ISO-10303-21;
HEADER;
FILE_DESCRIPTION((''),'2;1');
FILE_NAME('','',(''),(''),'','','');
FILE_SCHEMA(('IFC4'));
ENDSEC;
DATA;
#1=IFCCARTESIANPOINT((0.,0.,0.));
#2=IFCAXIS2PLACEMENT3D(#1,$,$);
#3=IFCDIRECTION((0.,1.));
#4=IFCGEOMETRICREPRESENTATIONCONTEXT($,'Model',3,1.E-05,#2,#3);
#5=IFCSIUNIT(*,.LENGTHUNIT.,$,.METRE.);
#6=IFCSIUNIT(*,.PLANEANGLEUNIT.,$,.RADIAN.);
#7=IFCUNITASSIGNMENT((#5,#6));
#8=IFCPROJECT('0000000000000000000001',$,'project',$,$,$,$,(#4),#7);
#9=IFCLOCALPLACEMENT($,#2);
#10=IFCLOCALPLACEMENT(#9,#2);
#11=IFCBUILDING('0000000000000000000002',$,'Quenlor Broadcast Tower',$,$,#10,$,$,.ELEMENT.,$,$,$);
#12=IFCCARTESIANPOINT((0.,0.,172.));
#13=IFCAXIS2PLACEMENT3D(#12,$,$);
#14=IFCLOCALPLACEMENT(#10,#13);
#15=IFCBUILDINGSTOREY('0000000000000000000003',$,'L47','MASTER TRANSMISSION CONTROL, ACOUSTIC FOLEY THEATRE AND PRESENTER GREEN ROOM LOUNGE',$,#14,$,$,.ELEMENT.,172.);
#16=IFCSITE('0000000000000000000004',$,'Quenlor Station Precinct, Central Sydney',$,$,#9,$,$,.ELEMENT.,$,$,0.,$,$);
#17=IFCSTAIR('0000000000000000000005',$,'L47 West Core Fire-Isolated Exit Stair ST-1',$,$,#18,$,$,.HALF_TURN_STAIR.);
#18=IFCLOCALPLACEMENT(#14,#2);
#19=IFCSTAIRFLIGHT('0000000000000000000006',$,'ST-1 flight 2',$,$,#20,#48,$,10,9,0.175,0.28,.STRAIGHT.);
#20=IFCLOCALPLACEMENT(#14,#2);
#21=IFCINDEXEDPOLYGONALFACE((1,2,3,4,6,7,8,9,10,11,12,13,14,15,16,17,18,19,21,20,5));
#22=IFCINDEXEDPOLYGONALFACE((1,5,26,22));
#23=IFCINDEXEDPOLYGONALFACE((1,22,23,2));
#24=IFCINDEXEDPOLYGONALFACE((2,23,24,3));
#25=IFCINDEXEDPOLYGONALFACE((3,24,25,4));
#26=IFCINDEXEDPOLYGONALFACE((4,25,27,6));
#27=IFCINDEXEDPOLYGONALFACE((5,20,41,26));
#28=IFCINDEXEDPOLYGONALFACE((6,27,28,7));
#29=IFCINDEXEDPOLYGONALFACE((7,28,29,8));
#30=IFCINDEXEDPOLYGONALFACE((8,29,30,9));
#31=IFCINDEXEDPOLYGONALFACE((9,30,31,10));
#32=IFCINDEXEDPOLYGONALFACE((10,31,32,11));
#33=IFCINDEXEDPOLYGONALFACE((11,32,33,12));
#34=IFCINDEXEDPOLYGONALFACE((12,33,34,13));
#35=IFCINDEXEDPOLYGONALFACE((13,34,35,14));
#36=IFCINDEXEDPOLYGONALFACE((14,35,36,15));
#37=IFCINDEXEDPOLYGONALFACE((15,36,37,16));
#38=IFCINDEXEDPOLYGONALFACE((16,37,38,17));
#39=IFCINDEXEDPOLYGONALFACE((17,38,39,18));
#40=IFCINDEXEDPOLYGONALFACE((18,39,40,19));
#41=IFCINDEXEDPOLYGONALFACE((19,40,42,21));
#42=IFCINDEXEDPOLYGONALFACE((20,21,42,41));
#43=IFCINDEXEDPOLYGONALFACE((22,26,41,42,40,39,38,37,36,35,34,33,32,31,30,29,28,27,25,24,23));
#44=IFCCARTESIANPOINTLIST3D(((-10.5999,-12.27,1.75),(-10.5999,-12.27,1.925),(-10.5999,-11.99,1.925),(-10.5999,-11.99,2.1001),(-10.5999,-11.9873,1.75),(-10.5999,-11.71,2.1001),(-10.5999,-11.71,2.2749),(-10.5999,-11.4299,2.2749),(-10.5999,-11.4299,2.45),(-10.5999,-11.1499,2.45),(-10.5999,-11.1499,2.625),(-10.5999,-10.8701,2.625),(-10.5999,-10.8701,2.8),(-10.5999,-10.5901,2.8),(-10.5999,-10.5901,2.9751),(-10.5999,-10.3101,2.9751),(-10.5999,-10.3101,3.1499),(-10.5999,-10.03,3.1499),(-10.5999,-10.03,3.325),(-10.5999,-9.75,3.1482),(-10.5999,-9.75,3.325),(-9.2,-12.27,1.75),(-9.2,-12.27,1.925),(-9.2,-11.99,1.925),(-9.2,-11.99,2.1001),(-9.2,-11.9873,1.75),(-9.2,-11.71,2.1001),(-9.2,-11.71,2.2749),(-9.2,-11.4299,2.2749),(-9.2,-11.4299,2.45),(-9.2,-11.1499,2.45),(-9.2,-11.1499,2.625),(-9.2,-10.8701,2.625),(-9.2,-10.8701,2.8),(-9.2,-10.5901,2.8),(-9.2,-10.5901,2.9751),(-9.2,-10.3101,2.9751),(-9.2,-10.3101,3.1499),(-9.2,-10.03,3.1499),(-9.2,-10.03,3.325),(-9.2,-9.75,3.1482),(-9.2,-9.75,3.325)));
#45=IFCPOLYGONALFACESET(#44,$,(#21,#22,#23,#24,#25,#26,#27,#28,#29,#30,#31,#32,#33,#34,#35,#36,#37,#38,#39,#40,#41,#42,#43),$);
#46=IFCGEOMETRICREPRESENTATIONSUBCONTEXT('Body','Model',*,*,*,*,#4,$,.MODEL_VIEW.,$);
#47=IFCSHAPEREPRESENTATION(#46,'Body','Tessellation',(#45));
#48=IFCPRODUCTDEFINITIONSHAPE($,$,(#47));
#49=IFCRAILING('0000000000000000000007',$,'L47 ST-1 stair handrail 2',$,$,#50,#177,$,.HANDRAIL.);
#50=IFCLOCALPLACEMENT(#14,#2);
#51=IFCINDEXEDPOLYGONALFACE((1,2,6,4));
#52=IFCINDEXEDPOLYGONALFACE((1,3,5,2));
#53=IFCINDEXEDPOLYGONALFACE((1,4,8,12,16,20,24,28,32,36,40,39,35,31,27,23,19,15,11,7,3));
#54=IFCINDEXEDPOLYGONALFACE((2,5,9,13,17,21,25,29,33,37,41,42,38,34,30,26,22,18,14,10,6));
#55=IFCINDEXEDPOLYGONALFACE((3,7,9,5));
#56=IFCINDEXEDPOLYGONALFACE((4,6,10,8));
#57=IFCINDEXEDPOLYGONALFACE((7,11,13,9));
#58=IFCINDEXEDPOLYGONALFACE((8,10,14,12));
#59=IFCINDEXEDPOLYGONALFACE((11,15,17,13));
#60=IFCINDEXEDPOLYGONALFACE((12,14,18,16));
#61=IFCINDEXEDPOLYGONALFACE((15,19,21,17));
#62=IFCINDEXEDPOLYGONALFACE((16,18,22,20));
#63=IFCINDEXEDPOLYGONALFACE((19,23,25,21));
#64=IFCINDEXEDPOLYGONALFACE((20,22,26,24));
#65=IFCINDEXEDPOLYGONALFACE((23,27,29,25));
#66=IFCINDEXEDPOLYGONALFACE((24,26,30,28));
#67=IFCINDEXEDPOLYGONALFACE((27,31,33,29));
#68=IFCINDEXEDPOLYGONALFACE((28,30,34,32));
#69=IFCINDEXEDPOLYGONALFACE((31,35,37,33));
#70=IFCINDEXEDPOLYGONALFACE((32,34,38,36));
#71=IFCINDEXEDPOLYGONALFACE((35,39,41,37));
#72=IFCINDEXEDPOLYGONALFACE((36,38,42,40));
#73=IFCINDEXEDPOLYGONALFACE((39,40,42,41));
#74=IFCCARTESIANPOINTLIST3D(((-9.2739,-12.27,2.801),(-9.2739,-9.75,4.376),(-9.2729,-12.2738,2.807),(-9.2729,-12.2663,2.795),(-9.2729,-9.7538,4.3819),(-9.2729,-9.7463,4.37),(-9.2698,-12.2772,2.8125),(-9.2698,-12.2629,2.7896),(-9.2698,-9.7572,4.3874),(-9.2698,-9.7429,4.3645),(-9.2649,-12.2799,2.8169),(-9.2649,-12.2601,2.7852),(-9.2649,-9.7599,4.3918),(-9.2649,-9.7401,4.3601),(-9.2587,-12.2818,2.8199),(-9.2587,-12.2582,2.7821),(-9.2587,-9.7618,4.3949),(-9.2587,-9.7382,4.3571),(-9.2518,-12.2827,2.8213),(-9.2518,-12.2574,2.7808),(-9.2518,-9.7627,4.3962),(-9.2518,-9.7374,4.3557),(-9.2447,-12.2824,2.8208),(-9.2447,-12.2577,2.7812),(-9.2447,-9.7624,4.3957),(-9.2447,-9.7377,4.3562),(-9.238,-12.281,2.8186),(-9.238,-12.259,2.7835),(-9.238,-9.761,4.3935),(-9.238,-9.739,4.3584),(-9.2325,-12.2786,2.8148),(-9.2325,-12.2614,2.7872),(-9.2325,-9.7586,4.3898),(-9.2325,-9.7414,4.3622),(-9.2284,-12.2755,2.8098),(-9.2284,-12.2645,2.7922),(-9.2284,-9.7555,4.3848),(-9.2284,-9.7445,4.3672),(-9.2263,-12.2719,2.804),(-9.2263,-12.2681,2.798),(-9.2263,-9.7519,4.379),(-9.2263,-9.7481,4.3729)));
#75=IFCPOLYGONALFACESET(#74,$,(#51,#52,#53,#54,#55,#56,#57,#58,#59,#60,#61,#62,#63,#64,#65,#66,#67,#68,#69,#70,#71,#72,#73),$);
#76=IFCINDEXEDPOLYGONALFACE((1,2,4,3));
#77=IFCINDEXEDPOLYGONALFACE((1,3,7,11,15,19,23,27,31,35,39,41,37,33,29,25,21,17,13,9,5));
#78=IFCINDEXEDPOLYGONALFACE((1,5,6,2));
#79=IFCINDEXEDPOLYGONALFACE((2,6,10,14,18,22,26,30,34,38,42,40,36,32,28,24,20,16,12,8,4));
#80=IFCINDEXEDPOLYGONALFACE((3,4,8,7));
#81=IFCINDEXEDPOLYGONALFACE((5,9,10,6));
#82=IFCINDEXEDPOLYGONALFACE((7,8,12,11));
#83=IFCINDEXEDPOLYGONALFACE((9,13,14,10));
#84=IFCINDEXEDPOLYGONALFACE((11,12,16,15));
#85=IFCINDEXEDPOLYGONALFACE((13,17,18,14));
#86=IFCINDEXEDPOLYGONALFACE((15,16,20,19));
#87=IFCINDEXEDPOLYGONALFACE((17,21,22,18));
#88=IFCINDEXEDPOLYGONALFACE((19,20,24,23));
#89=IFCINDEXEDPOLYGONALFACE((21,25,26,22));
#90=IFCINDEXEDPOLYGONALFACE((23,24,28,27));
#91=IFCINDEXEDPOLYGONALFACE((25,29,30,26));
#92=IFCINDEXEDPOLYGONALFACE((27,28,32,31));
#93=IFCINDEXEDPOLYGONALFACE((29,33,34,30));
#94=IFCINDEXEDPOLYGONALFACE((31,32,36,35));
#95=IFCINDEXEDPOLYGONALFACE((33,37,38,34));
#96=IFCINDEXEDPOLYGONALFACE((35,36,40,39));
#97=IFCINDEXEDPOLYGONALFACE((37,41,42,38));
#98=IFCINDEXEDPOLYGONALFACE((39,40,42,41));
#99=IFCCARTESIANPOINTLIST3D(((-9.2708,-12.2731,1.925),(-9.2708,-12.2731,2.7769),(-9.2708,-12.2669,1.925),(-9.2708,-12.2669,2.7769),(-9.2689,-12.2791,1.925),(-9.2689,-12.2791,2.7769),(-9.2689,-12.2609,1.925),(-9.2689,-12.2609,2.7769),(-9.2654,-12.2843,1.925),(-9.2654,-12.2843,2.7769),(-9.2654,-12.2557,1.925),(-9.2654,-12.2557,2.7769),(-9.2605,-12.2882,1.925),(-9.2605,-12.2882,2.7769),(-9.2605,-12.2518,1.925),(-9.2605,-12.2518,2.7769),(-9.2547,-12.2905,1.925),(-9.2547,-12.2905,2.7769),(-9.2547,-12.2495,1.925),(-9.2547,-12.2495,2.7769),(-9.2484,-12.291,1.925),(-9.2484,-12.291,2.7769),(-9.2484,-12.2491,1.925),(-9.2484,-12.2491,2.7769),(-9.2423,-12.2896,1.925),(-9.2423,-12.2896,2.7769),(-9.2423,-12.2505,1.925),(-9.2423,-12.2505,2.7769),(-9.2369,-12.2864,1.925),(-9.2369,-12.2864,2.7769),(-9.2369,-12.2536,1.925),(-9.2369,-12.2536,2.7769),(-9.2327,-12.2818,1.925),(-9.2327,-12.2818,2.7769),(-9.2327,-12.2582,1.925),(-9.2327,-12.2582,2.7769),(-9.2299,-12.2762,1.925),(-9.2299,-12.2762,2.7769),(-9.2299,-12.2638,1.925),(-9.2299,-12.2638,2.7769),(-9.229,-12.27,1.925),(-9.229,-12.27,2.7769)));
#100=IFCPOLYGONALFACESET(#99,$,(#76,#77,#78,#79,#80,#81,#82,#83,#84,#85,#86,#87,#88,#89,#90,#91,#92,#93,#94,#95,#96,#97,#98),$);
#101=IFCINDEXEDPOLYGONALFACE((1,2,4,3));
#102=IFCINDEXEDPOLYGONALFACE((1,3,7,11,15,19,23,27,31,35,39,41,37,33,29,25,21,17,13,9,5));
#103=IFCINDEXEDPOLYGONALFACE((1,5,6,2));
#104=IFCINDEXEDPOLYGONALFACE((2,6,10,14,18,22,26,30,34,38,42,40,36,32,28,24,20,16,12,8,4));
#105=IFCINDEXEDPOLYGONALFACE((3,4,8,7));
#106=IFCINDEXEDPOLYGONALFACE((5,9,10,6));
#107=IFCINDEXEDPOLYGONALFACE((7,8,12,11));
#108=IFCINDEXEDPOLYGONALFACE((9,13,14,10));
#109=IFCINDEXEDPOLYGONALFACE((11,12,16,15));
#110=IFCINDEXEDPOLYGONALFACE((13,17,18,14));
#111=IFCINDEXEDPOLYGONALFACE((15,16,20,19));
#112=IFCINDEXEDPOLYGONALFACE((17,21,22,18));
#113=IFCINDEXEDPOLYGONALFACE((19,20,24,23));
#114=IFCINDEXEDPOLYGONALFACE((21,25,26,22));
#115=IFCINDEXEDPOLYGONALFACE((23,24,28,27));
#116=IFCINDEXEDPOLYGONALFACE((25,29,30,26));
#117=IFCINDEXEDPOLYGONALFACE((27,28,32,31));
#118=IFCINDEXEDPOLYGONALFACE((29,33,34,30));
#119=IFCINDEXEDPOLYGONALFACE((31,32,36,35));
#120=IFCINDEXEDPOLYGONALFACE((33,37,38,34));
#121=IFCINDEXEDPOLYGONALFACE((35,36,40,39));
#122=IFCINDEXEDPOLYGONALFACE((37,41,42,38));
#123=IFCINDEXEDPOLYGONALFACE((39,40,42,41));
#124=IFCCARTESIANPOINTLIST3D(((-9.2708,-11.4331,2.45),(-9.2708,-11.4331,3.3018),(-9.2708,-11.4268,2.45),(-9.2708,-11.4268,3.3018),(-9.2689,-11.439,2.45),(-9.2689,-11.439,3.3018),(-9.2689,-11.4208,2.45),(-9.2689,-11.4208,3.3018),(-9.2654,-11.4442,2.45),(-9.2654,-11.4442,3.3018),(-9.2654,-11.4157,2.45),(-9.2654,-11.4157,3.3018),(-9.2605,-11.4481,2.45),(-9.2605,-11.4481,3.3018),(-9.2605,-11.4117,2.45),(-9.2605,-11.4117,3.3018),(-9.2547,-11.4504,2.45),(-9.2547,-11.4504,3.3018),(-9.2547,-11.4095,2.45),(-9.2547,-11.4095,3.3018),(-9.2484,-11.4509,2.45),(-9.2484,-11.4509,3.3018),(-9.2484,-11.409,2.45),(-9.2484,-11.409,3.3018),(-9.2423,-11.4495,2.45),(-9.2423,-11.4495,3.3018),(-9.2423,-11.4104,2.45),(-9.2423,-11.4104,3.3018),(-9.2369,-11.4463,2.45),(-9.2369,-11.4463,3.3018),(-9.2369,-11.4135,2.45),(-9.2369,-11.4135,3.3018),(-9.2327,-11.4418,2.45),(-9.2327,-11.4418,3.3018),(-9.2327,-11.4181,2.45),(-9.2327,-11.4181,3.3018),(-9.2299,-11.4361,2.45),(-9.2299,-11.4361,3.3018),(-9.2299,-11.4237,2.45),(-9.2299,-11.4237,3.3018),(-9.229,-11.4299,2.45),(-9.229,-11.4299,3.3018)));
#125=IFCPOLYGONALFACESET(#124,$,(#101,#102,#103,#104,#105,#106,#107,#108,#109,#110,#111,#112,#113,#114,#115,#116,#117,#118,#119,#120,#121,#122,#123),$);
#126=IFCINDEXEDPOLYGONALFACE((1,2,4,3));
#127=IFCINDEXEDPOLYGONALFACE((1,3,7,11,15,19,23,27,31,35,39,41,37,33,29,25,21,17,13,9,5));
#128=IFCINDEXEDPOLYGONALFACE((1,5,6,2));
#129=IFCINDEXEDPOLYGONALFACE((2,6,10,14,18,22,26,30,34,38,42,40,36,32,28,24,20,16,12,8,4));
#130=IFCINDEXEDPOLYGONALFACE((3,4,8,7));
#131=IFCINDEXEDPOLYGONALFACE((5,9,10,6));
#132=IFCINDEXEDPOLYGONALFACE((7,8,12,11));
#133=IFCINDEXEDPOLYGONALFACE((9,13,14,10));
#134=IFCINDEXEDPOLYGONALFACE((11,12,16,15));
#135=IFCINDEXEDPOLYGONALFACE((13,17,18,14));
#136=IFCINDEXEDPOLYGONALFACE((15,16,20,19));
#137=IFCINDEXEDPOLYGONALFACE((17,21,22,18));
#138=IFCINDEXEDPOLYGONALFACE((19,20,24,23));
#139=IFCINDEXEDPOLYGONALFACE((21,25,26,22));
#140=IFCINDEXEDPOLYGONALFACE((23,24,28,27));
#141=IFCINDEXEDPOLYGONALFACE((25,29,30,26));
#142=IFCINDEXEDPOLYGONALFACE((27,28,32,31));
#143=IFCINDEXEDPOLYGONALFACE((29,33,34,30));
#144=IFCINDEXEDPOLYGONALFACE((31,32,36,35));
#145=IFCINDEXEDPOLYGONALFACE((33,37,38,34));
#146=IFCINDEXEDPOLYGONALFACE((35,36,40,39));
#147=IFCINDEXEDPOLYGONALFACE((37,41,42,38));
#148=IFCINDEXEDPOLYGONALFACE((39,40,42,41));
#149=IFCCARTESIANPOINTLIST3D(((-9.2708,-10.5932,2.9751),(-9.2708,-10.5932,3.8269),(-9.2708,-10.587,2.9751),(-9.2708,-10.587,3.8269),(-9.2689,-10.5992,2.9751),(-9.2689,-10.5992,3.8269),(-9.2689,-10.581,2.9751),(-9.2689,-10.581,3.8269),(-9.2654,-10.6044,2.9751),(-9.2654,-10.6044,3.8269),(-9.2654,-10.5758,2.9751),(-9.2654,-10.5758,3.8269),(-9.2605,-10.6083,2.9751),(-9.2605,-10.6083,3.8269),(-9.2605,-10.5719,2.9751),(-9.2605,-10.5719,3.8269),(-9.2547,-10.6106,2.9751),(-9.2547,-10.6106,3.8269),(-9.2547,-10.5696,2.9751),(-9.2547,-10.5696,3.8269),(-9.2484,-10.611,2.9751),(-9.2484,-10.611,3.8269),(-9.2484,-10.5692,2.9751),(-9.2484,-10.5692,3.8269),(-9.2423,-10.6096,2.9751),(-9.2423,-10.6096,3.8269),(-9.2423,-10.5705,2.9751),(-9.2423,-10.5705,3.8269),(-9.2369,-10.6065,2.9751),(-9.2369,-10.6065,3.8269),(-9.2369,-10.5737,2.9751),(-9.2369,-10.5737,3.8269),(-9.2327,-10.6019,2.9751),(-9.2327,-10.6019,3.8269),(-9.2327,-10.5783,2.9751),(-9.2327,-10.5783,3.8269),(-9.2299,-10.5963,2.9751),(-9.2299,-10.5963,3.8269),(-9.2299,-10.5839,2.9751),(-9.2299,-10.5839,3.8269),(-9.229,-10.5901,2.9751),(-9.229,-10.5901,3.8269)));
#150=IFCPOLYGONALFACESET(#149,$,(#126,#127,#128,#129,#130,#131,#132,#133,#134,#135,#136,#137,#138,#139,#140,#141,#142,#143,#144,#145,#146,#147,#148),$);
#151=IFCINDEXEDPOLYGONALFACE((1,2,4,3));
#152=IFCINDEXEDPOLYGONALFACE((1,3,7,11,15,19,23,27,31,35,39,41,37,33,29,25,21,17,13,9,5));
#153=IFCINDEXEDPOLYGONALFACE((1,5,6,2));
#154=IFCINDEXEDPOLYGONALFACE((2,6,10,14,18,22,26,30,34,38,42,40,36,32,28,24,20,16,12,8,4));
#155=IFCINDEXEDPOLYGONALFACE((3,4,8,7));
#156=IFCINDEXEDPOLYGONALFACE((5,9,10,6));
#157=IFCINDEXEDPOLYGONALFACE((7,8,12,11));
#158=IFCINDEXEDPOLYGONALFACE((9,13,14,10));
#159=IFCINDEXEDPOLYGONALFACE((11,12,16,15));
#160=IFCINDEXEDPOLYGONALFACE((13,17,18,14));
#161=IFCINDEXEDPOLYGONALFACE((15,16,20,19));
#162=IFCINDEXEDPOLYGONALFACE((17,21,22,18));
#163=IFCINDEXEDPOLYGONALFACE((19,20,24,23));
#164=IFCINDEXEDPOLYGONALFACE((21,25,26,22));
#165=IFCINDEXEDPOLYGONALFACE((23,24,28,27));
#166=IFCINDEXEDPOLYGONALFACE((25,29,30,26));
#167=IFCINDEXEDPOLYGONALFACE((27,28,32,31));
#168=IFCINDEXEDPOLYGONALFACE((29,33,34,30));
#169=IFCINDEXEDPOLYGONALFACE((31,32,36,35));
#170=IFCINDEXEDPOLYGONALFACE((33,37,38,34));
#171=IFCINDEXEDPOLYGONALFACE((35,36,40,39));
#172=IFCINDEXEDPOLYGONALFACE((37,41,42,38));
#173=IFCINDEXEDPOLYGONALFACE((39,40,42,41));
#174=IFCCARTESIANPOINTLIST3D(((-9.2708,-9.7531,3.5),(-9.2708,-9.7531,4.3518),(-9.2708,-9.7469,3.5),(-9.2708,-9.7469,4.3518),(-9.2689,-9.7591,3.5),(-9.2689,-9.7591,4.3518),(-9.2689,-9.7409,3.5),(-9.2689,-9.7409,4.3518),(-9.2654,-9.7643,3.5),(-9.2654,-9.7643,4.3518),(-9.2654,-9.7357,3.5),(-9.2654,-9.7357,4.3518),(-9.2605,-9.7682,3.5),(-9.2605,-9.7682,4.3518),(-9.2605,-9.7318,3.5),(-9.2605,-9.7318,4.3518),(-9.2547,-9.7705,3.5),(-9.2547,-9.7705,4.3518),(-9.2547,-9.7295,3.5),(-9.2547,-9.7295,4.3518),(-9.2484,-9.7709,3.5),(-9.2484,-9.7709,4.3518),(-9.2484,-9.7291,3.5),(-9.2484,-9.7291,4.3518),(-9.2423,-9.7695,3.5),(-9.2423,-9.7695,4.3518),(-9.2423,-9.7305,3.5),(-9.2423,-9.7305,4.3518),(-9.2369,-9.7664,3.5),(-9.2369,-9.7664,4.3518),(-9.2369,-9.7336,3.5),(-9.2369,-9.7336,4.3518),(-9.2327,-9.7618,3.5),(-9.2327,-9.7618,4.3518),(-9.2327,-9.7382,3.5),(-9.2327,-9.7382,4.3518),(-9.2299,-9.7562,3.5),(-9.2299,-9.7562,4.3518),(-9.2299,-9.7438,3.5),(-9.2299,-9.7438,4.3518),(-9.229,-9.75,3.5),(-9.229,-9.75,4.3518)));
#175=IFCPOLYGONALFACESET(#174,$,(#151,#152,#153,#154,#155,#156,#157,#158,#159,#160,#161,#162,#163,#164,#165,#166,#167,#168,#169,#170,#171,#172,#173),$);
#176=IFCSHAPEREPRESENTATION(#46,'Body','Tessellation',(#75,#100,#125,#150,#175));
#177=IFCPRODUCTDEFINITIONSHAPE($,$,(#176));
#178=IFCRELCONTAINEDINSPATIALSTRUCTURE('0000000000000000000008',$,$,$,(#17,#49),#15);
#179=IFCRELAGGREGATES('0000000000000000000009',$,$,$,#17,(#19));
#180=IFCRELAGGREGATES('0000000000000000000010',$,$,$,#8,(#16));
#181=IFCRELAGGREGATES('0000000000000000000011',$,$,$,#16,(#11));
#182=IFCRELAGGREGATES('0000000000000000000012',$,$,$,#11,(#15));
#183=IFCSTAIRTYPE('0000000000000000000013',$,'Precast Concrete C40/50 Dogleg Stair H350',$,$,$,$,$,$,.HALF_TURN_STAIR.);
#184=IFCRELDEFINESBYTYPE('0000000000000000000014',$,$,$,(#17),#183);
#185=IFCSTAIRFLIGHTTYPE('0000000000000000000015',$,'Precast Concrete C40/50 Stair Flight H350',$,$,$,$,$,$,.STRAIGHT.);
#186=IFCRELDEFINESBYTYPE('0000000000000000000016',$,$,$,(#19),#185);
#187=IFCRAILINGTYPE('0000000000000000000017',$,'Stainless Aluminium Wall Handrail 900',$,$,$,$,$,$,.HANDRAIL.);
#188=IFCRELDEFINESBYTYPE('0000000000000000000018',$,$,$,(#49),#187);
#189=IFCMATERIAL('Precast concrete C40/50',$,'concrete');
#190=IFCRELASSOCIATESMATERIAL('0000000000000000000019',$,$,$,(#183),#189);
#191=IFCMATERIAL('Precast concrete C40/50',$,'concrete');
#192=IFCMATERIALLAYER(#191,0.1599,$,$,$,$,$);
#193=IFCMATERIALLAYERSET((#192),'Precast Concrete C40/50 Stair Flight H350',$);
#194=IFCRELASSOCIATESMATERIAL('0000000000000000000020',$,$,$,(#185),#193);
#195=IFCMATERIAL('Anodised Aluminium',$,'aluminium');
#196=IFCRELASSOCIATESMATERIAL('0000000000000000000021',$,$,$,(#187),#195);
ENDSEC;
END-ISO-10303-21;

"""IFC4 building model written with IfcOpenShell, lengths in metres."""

from ifc_helpers import new_model, si_unit, direction, frame, origin, origin_2d, place, context, subcontext, project, spatial, polyline, circle, outline, extrude, material, layer, layer_set, type_object, element, aggregate, save


model = new_model("IFC4")

# Units and contexts
model_context = context("Model", 3, precision=1e-05, world=origin(), true_north=direction((0.0, 1.0)))
body_context = subcontext(model_context, "Body", "Model", "MODEL_VIEW")
ifc_project = project(units=[si_unit("LENGTHUNIT", "METRE"), si_unit("PLANEANGLEUNIT", "RADIAN")], contexts=[model_context])

# Site, building, storey
site_placement = place(None, origin())
site = spatial("IfcSite", under=ifc_project, at=site_placement, Name="Quenlor Station Precinct, Central Sydney", CompositionType="ELEMENT", RefElevation=0.0)
building_placement = place(site_placement, origin())
building = spatial("IfcBuilding", under=site, at=building_placement, Name="Quenlor Broadcast Tower", CompositionType="ELEMENT")
storey_placement = place(building_placement, frame((0.0, 0.0, 172.0)))
storey = spatial("IfcBuildingStorey", under=building, at=storey_placement, Name="L47", Description="MASTER TRANSMISSION CONTROL, ACOUSTIC FOLEY THEATRE AND PRESENTER GREEN ROOM LOUNGE", CompositionType="ELEMENT", Elevation=172.0)

# Stair, stair flight
ifc_material_1 = material(Name="Precast concrete C40/50", Category="concrete")
stair_type = type_object("IfcStairType", Name="Precast Concrete C40/50 Dogleg Stair H350", PredefinedType="HALF_TURN_STAIR", material=ifc_material_1)
stair_placement = place(storey_placement, origin())
stair = element("IfcStair", 1, at=stair_placement, inside=storey, type_object=stair_type, Name="L47 West Core Fire-Isolated Exit Stair ST-1", PredefinedType="HALF_TURN_STAIR")
ifc_material_2 = material(Name="Precast concrete C40/50", Category="concrete")
ifc_layer_1 = layer(ifc_material_2, 0.1599)
ifc_layer_set_1 = layer_set([ifc_layer_1], Name="Precast Concrete C40/50 Stair Flight H350")
stair_flight_type = type_object("IfcStairFlightType", Name="Precast Concrete C40/50 Stair Flight H350", PredefinedType="STRAIGHT", material=ifc_layer_set_1)
stair_flight_placement = place(storey_placement, frame((-9.8999, -12.27, 1.75), z_axis=(0.0, 0.0, 1.0), x_axis=(0.0, 1.0, 0.0)))
stair_flight = element("IfcStairFlight", 2, at=stair_flight_placement, type_object=stair_flight_type, Name="ST-1 flight 2", NumberOfRisers=10, NumberOfTreads=9, PredefinedType="STRAIGHT", RiserHeight=0.175, TreadLength=0.28, context=body_context, shape_type="SweptSolid", body=[
    extrude(outline(polyline([(0.0, 0.0), (0.0, 0.175), (0.28, 0.175), (0.28, 0.3501), (0.5601, 0.3501), (0.5601, 0.5249), (0.8401, 0.5249), (0.8401, 0.7), (1.1201, 0.7), (1.1201, 0.875), (1.3999, 0.875), (1.3999, 1.05), (1.6799, 1.05), (1.6799, 1.2251), (1.96, 1.2251), (1.96, 1.3999), (2.24, 1.3999), (2.24, 1.575), (2.52, 1.575), (2.52, 1.75), (2.52, 1.3982), (0.2827, 0.0), (0.0, 0.0)])), frame((0.0, 0.7, 0.0), z_axis=(0.0, -1.0, 0.0), x_axis=(1.0, 0.0, 0.0)), (0.0, 0.0, 1.0), 1.3999),
])
aggregate(stair, [stair_flight])

# Railing
ifc_material_3 = material(Name="Anodised Aluminium", Category="aluminium")
railing_type_1 = type_object("IfcRailingType", Name="Stainless Aluminium Wall Handrail 900", PredefinedType="HANDRAIL", material=ifc_material_3)
railing_1_placement = place(storey_placement, frame((-9.25, -12.27, 1.925)))
element("IfcRailing", 3, at=railing_1_placement, inside=storey, type_object=railing_type_1, Name="L47 ST-1 stair handrail 2", PredefinedType="HANDRAIL", context=body_context, shape_type="SweptSolid", body=[
    extrude(circle(Radius=0.0239, at=origin_2d()), frame((0.0, 0.0, 0.876), z_axis=(0.0, 0.848008, 0.529984), x_axis=(-1.0, 0.0, 0.0)), (0.0, 0.0, 1.0), 2.9717),
    extrude(circle(Radius=0.021, at=origin_2d()), origin(), (0.0, 0.0, 1.0), 0.8518),
    extrude(circle(Radius=0.021, at=origin_2d()), frame((0.0, 0.8401, 0.5249)), (0.0, 0.0, 1.0), 0.8518),
    extrude(circle(Radius=0.021, at=origin_2d()), frame((0.0, 1.6799, 1.05)), (0.0, 0.0, 1.0), 0.8518),
    extrude(circle(Radius=0.021, at=origin_2d()), frame((0.0, 2.52, 1.575)), (0.0, 0.0, 1.0), 0.8518),
])

save(model, "model.ifc")
